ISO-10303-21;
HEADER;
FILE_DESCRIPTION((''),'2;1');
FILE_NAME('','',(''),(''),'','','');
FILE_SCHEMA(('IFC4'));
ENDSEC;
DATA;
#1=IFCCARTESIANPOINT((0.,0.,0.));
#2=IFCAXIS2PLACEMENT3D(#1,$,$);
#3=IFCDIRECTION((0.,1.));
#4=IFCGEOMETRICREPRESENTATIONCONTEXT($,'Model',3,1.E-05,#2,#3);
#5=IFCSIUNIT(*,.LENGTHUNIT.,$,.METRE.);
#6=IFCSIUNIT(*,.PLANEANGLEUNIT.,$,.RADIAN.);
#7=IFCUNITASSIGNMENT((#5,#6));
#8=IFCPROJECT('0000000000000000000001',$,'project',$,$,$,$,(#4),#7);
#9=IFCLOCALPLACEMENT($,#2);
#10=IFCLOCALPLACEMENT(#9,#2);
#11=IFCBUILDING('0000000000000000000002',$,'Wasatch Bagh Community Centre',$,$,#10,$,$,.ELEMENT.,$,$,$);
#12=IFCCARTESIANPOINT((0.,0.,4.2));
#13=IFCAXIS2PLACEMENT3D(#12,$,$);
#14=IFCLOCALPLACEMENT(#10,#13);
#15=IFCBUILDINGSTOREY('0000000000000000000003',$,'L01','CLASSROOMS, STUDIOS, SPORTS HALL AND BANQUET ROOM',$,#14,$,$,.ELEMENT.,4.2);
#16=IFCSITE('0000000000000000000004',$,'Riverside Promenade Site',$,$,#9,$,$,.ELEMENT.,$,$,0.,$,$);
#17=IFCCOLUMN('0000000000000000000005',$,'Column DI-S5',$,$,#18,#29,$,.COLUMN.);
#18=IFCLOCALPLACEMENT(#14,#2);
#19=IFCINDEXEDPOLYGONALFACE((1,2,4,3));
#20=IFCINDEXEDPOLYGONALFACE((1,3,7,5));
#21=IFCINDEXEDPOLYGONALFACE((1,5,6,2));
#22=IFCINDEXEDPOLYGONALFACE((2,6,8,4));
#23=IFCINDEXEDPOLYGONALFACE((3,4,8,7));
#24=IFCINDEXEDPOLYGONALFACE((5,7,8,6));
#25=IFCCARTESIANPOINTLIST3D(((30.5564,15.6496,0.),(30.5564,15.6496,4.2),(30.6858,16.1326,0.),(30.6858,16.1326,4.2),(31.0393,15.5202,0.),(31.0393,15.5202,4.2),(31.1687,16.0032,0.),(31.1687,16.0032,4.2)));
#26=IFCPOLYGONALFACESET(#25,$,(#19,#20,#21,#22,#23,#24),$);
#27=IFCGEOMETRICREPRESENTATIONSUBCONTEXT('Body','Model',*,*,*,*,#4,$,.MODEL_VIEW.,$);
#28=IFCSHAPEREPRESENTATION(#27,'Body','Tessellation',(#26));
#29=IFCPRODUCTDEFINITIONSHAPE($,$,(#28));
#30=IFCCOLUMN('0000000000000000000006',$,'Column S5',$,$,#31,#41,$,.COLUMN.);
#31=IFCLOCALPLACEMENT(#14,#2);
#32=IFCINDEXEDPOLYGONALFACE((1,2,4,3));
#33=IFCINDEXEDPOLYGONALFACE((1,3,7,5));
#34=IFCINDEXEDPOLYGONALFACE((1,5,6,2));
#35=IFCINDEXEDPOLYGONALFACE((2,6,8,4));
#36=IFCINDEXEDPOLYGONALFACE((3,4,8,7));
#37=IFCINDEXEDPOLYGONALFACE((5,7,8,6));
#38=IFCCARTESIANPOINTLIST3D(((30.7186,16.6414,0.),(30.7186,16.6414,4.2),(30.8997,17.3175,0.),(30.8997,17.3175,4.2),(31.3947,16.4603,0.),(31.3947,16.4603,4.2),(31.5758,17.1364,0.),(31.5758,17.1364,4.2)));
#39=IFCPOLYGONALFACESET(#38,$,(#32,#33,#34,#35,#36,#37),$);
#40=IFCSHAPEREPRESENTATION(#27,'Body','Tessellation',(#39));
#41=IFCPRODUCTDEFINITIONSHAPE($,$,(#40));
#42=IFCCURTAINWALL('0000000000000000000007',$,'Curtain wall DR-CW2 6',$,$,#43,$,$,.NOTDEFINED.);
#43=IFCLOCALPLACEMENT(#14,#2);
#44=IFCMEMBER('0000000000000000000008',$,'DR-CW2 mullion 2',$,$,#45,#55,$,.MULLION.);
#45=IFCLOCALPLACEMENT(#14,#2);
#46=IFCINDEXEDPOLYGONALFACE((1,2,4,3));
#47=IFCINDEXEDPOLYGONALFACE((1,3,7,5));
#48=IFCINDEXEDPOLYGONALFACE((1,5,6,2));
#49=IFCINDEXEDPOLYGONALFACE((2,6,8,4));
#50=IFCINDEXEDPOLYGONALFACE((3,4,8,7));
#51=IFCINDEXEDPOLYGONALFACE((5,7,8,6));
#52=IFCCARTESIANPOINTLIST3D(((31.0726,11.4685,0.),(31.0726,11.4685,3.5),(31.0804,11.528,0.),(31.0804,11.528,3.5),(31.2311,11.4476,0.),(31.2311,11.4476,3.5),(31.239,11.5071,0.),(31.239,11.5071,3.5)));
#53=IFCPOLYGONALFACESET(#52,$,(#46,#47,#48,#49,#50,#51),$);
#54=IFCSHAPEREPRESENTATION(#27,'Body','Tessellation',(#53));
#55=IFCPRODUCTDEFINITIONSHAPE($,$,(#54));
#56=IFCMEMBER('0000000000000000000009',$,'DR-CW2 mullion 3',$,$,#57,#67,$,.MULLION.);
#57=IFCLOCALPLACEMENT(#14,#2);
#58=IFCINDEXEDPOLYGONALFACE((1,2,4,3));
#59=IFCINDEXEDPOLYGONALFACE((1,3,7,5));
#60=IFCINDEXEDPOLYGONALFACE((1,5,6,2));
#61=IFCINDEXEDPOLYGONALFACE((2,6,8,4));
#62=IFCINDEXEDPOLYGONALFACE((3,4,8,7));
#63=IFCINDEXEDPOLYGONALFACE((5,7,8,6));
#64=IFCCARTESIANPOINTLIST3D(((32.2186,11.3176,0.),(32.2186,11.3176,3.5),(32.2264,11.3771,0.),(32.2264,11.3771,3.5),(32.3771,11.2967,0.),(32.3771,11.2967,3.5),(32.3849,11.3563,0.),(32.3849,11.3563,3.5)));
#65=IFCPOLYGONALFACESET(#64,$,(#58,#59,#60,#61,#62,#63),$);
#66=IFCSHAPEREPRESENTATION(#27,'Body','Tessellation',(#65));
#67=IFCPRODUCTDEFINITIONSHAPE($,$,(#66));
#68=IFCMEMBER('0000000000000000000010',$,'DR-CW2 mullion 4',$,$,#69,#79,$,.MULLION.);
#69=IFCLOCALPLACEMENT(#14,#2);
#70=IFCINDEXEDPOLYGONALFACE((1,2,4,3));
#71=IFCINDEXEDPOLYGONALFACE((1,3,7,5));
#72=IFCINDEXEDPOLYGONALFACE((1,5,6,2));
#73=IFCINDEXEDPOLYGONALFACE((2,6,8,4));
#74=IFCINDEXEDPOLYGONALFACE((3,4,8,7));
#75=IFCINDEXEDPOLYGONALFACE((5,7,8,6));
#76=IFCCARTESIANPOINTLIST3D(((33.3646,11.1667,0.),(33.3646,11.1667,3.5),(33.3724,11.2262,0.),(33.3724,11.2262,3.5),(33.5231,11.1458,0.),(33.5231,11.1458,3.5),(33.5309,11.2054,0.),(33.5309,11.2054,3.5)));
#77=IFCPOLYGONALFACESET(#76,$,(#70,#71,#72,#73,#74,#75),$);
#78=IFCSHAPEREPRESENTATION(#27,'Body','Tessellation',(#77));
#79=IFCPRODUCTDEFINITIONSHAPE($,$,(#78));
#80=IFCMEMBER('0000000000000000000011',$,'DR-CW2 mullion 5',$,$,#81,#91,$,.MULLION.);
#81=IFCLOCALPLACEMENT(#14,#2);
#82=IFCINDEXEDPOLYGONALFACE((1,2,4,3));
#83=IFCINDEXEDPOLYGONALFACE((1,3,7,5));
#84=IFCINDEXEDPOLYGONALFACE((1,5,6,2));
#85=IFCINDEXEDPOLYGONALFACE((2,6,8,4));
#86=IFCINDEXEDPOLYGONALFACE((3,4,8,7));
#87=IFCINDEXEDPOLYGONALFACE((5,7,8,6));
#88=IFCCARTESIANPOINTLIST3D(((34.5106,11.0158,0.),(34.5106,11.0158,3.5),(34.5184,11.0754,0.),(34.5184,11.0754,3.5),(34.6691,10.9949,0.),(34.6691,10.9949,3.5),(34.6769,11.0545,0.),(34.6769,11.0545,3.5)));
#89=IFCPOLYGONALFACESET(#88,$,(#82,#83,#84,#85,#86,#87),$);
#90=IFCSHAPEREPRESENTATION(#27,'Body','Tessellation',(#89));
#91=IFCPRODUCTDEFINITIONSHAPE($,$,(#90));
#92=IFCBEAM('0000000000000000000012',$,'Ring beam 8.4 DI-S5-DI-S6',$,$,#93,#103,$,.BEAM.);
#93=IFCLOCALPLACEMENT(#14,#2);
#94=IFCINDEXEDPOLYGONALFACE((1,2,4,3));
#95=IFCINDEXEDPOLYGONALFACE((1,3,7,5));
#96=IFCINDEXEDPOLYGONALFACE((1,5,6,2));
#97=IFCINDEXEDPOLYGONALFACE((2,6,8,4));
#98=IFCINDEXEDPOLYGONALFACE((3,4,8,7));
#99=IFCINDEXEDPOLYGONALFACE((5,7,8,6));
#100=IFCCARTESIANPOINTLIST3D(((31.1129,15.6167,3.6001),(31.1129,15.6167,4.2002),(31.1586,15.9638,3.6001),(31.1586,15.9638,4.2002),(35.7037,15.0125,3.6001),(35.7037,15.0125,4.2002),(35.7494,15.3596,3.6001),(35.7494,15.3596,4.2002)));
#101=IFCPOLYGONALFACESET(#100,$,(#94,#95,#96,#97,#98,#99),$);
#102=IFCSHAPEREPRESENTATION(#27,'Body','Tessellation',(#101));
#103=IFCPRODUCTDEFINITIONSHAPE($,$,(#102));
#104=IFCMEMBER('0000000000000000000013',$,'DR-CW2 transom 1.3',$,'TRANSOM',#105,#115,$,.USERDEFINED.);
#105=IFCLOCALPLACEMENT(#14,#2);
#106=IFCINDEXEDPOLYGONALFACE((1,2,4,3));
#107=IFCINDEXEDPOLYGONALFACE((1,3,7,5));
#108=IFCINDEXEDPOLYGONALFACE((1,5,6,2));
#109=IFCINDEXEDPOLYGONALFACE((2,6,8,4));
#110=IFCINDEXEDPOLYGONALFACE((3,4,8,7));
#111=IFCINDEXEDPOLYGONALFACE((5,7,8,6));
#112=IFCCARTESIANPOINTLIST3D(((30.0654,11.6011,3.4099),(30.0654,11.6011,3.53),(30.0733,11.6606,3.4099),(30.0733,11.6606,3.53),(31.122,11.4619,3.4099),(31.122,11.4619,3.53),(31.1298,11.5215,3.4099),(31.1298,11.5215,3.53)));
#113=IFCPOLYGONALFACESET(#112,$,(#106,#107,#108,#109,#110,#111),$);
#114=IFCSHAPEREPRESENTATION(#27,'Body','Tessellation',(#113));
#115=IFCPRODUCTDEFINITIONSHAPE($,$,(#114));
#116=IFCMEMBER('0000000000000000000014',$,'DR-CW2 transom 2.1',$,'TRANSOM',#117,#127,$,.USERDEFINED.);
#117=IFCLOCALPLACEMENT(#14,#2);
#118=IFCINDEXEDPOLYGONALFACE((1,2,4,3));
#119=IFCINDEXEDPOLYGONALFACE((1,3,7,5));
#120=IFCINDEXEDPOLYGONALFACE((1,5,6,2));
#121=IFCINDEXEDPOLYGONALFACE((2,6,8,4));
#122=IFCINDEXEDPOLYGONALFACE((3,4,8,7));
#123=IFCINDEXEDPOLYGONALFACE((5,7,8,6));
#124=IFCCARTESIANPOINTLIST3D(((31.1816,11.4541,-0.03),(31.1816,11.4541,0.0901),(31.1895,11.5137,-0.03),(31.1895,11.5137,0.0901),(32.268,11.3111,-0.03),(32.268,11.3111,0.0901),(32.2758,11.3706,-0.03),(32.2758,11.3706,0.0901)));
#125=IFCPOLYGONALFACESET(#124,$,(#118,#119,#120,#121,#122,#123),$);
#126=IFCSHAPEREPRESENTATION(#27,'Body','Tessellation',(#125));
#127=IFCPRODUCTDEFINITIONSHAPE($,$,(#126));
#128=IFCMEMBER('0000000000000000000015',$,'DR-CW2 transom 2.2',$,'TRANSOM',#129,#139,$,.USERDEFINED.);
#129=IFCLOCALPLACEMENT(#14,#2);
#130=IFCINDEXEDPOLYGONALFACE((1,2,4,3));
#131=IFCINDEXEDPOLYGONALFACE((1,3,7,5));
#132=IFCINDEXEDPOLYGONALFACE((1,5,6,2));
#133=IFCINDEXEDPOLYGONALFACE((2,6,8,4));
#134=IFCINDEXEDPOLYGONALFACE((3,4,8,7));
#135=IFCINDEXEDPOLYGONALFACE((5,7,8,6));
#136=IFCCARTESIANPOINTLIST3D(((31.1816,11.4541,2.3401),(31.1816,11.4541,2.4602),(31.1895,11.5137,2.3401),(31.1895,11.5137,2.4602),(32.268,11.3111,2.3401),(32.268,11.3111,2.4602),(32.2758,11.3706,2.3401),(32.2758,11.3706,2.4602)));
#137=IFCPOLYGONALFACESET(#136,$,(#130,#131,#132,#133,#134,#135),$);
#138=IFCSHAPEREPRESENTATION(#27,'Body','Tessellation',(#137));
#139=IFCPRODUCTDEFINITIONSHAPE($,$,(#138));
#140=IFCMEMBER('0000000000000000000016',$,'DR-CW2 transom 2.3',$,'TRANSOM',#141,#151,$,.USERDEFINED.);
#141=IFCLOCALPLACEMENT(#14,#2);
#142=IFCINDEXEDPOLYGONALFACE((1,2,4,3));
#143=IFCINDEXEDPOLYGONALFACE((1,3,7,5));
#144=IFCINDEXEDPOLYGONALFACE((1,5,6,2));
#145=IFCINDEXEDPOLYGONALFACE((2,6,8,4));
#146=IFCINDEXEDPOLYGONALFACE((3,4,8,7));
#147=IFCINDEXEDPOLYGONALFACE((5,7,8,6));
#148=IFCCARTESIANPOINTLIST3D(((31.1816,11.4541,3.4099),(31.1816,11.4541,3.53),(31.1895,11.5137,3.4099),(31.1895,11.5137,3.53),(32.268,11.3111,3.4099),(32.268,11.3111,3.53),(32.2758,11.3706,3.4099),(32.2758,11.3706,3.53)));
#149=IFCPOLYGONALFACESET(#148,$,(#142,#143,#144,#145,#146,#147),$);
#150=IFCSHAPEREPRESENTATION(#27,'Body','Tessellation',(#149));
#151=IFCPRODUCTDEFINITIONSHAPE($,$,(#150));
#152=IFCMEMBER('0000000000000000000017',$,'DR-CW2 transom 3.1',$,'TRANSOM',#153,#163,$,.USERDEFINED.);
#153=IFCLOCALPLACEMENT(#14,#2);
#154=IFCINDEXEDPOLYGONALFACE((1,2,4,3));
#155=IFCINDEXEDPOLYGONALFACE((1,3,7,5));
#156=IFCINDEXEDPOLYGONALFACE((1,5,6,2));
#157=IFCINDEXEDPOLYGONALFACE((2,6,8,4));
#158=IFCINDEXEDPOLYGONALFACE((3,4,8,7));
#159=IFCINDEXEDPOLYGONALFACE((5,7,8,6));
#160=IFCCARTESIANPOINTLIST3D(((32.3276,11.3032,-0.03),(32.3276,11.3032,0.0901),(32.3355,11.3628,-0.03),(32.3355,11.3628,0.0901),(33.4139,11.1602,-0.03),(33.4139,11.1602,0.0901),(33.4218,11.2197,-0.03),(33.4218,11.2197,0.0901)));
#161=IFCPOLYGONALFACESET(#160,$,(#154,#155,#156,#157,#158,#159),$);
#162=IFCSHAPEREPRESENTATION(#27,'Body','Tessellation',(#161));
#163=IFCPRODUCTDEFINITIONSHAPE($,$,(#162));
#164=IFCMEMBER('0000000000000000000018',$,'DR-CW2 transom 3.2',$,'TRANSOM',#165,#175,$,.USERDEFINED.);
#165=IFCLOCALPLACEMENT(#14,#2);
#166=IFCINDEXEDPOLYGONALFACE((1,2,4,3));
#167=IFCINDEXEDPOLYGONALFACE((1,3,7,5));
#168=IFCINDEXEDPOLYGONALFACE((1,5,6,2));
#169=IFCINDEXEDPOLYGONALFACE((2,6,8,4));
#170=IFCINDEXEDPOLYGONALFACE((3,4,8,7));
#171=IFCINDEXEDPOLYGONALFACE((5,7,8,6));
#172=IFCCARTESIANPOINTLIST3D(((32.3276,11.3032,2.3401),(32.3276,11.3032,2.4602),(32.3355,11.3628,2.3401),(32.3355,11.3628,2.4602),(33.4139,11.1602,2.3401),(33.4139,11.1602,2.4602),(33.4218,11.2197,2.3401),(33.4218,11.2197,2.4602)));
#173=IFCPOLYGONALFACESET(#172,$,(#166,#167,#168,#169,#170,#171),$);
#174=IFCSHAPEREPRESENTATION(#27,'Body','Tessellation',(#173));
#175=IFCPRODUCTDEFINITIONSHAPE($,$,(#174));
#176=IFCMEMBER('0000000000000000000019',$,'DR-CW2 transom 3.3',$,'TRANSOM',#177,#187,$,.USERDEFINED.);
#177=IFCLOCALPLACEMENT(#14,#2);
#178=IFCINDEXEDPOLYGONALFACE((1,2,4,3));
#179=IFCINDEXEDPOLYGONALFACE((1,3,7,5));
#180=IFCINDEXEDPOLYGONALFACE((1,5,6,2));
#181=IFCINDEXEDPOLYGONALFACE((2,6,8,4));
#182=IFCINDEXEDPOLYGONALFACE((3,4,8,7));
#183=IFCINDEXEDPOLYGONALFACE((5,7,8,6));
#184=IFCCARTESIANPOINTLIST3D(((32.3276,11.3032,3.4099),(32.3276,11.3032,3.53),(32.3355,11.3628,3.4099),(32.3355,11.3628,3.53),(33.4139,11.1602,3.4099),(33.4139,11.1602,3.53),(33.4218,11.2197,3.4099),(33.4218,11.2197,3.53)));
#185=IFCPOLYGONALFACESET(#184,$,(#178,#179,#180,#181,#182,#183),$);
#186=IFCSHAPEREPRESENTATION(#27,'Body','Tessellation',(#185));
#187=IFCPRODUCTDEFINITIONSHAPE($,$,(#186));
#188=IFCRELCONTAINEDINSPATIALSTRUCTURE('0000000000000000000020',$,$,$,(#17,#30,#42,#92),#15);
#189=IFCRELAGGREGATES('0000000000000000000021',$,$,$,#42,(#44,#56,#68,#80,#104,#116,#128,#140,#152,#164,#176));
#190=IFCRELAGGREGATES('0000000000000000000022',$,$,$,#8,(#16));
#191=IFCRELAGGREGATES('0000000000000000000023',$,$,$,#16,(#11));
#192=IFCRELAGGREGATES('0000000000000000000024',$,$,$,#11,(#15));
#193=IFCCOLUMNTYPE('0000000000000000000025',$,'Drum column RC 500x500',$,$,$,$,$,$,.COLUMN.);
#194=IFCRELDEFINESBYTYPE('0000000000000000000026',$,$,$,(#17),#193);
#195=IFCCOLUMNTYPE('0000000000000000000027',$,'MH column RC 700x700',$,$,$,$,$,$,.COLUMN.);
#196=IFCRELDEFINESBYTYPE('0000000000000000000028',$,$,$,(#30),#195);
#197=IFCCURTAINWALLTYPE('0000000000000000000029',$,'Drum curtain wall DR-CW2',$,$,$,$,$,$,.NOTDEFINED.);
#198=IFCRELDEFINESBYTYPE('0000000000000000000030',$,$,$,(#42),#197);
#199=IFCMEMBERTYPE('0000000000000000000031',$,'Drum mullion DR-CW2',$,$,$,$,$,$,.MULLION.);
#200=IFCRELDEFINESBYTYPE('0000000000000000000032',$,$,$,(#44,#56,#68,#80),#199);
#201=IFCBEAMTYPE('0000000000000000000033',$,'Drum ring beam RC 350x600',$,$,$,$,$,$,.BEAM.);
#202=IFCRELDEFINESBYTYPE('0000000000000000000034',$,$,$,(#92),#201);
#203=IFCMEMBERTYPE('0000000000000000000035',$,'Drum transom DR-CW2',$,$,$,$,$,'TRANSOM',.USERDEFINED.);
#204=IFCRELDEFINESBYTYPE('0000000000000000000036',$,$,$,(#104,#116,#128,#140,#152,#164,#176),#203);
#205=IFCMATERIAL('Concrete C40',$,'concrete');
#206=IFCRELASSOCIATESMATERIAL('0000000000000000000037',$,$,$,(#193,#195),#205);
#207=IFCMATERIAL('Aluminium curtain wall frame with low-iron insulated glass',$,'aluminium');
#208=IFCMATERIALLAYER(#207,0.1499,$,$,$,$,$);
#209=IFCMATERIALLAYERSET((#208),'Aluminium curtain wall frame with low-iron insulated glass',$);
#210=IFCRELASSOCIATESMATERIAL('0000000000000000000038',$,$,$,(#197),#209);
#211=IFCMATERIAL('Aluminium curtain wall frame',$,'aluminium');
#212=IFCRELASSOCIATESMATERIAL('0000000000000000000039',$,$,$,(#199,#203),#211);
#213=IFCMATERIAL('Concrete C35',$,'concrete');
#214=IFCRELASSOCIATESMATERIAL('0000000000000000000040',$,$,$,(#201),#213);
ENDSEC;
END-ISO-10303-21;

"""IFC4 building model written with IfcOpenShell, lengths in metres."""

from ifc_helpers import new_model, si_unit, direction, frame, origin, origin_2d, place, context, subcontext, project, spatial, rectangle, extrude, material, layer, layer_set, material_profile, profile_set, type_object, element, aggregate, save


model = new_model("IFC4")

# Units and contexts
model_context = context("Model", 3, precision=1e-05, world=origin(), true_north=direction((0.0, 1.0)))
body_context = subcontext(model_context, "Body", "Model", "MODEL_VIEW")
ifc_project = project(units=[si_unit("LENGTHUNIT", "METRE"), si_unit("PLANEANGLEUNIT", "RADIAN")], contexts=[model_context])

# Site, building, storey
site_placement = place(None, origin())
site = spatial("IfcSite", under=ifc_project, at=site_placement, Name="Riverside Promenade Site", CompositionType="ELEMENT", RefElevation=0.0)
building_placement = place(site_placement, origin())
building = spatial("IfcBuilding", under=site, at=building_placement, Name="Wasatch Bagh Community Centre", CompositionType="ELEMENT")
storey_placement = place(building_placement, frame((0.0, 0.0, 4.2)))
storey = spatial("IfcBuildingStorey", under=building, at=storey_placement, Name="L01", Description="CLASSROOMS, STUDIOS, SPORTS HALL AND BANQUET ROOM", CompositionType="ELEMENT", Elevation=4.2)

# Columns
ifc_material_1 = material(Name="Concrete C40", Category="concrete")
ifc_material_profile_1 = material_profile(ifc_material_1, rectangle(XDim=0.5, YDim=0.5, at=origin_2d()), Name="RC 500x500")
ifc_profile_set_1 = profile_set([ifc_material_profile_1], Name="Concrete C40")
column_type_1 = type_object("IfcColumnType", Name="Drum column RC 500x500", PredefinedType="COLUMN", material=ifc_profile_set_1)
column_1_placement = place(storey_placement, frame((30.8625, 15.8264, 0.0), z_axis=(0.0, 0.0, 1.0), x_axis=(0.258819, 0.965926, 0.0)))
element("IfcColumn", 1, at=column_1_placement, inside=storey, type_object=column_type_1, Name="Column DI-S5", PredefinedType="COLUMN", context=body_context, shape_type="SweptSolid", body=[
    extrude(rectangle(XDim=0.5, YDim=0.5, at=origin_2d()), origin(), (0.0, 0.0, 1.0), 4.2),
])
ifc_material_profile_2 = material_profile(ifc_material_1, rectangle(XDim=0.7, YDim=0.7, at=origin_2d()), Name="RC 700x700")
ifc_profile_set_2 = profile_set([ifc_material_profile_2], Name="Concrete C40")
column_type_2 = type_object("IfcColumnType", Name="MH column RC 700x700", PredefinedType="COLUMN", material=ifc_profile_set_2)
column_2_placement = place(storey_placement, frame((31.1472, 16.8889, 0.0), z_axis=(0.0, 0.0, 1.0), x_axis=(0.258819, 0.965926, 0.0)))
element("IfcColumn", 2, at=column_2_placement, inside=storey, type_object=column_type_2, Name="Column S5", PredefinedType="COLUMN", context=body_context, shape_type="SweptSolid", body=[
    extrude(rectangle(XDim=0.7, YDim=0.7, at=origin_2d()), origin(), (0.0, 0.0, 1.0), 4.2),
])

# Curtain wall, members
ifc_material_2 = material(Name="Aluminium curtain wall frame with low-iron insulated glass", Category="aluminium")
ifc_layer_1 = layer(ifc_material_2, 0.1499)
ifc_layer_set_1 = layer_set([ifc_layer_1], Name="Aluminium curtain wall frame with low-iron insulated glass")
curtain_wall_type = type_object("IfcCurtainWallType", Name="Drum curtain wall DR-CW2", PredefinedType="NOTDEFINED", material=ifc_layer_set_1)
curtain_wall_placement = place(storey_placement, origin())
curtain_wall = element("IfcCurtainWall", 3, at=curtain_wall_placement, inside=storey, type_object=curtain_wall_type, Name="Curtain wall DR-CW2 6", PredefinedType="NOTDEFINED")
ifc_material_3 = material(Name="Aluminium curtain wall frame", Category="aluminium")
ifc_material_profile_3 = material_profile(ifc_material_3, rectangle(XDim=0.0601, YDim=0.1599, at=origin_2d()), Name="Drum mullion DR-CW2")
ifc_profile_set_3 = profile_set([ifc_material_profile_3], Name="Aluminium curtain wall frame")
member_type_1 = type_object("IfcMemberType", Name="Drum mullion DR-CW2", PredefinedType="MULLION", material=ifc_profile_set_3)
member_1_placement = place(storey_placement, frame((31.1558, 11.4878, 0.0), z_axis=(0.0, 0.0, 1.0), x_axis=(0.130526, 0.991445, 0.0)))
member_1 = element("IfcMember", 4, at=member_1_placement, type_object=member_type_1, Name="DR-CW2 mullion 2", PredefinedType="MULLION", context=body_context, shape_type="SweptSolid", body=[
    extrude(rectangle(XDim=0.0601, YDim=0.1599, at=origin_2d()), origin(), (0.0, 0.0, 1.0), 3.5),
])
member_2_placement = place(storey_placement, frame((32.3018, 11.3369, 0.0), z_axis=(0.0, 0.0, 1.0), x_axis=(0.130526, 0.991445, 0.0)))
member_2 = element("IfcMember", 5, at=member_2_placement, type_object=member_type_1, Name="DR-CW2 mullion 3", PredefinedType="MULLION", context=body_context, shape_type="SweptSolid", body=[
    extrude(rectangle(XDim=0.0601, YDim=0.1599, at=origin_2d()), origin(), (0.0, 0.0, 1.0), 3.5),
])
member_3_placement = place(storey_placement, frame((33.4478, 11.186, 0.0), z_axis=(0.0, 0.0, 1.0), x_axis=(0.130526, 0.991445, 0.0)))
member_3 = element("IfcMember", 6, at=member_3_placement, type_object=member_type_1, Name="DR-CW2 mullion 4", PredefinedType="MULLION", context=body_context, shape_type="SweptSolid", body=[
    extrude(rectangle(XDim=0.0601, YDim=0.1599, at=origin_2d()), origin(), (0.0, 0.0, 1.0), 3.5),
])
member_4_placement = place(storey_placement, frame((34.5938, 11.0352, 0.0), z_axis=(0.0, 0.0, 1.0), x_axis=(0.130526, 0.991445, 0.0)))
member_4 = element("IfcMember", 7, at=member_4_placement, type_object=member_type_1, Name="DR-CW2 mullion 5", PredefinedType="MULLION", context=body_context, shape_type="SweptSolid", body=[
    extrude(rectangle(XDim=0.0601, YDim=0.1599, at=origin_2d()), origin(), (0.0, 0.0, 1.0), 3.5),
])

# Beam
ifc_material_4 = material(Name="Concrete C35", Category="concrete")
ifc_material_profile_4 = material_profile(ifc_material_4, rectangle(XDim=0.3501, YDim=0.6001, at=origin_2d()), Name="RC 350x600")
ifc_profile_set_4 = profile_set([ifc_material_profile_4], Name="Concrete C35")
beam_type_1 = type_object("IfcBeamType", Name="Drum ring beam RC 350x600", PredefinedType="BEAM", material=ifc_profile_set_4)
beam_1_placement = place(storey_placement, frame((31.1357, 15.7903, 3.9001), z_axis=(0.991449, -0.130495, 0.0), x_axis=(0.130495, 0.991449, 0.0)))
element("IfcBeam", 8, at=beam_1_placement, inside=storey, type_object=beam_type_1, Name="Ring beam 8.4 DI-S5-DI-S6", PredefinedType="BEAM", context=body_context, shape_type="SweptSolid", body=[
    extrude(rectangle(XDim=0.3501, YDim=0.6001, at=origin_2d()), origin(), (0.0, 0.0, 1.0), 4.6304),
])

# Members
ifc_material_profile_5 = material_profile(ifc_material_3, rectangle(XDim=0.0601, YDim=0.1201, at=origin_2d()), Name="Drum transom DR-CW2")
ifc_profile_set_5 = profile_set([ifc_material_profile_5], Name="Aluminium curtain wall frame")
member_type_2 = type_object("IfcMemberType", Name="Drum transom DR-CW2", ElementType="TRANSOM", PredefinedType="USERDEFINED", material=ifc_profile_set_5)
member_5_placement = place(storey_placement, frame((30.0693, 11.6309, 3.47), z_axis=(0.991439, -0.130573, 0.0), x_axis=(0.130573, 0.991439, 0.0)))
member_5 = element("IfcMember", 9, at=member_5_placement, type_object=member_type_2, Name="DR-CW2 transom 1.3", ObjectType="TRANSOM", PredefinedType="USERDEFINED", context=body_context, shape_type="SweptSolid", body=[
    extrude(rectangle(XDim=0.0601, YDim=0.1201, at=origin_2d()), origin(), (0.0, 0.0, 1.0), 1.0657),
])
member_6_placement = place(storey_placement, frame((31.1855, 11.4839, 0.03), z_axis=(0.991441, -0.130558, 0.0), x_axis=(0.130558, 0.991441, 0.0)))
member_6 = element("IfcMember", 10, at=member_6_placement, type_object=member_type_2, Name="DR-CW2 transom 2.1", ObjectType="TRANSOM", PredefinedType="USERDEFINED", context=body_context, shape_type="SweptSolid", body=[
    extrude(rectangle(XDim=0.0601, YDim=0.1201, at=origin_2d()), origin(), (0.0, 0.0, 1.0), 1.0957),
])
member_7_placement = place(storey_placement, frame((31.1855, 11.4839, 2.4001), z_axis=(0.991441, -0.130558, 0.0), x_axis=(0.130558, 0.991441, 0.0)))
member_7 = element("IfcMember", 11, at=member_7_placement, type_object=member_type_2, Name="DR-CW2 transom 2.2", ObjectType="TRANSOM", PredefinedType="USERDEFINED", context=body_context, shape_type="SweptSolid", body=[
    extrude(rectangle(XDim=0.0601, YDim=0.1201, at=origin_2d()), origin(), (0.0, 0.0, 1.0), 1.0957),
])
member_8_placement = place(storey_placement, frame((31.1855, 11.4839, 3.47), z_axis=(0.991441, -0.130558, 0.0), x_axis=(0.130558, 0.991441, 0.0)))
member_8 = element("IfcMember", 12, at=member_8_placement, type_object=member_type_2, Name="DR-CW2 transom 2.3", ObjectType="TRANSOM", PredefinedType="USERDEFINED", context=body_context, shape_type="SweptSolid", body=[
    extrude(rectangle(XDim=0.0601, YDim=0.1201, at=origin_2d()), origin(), (0.0, 0.0, 1.0), 1.0957),
])
member_9_placement = place(storey_placement, frame((32.3315, 11.333, 0.03), z_axis=(0.991441, -0.130558, 0.0), x_axis=(0.130558, 0.991441, 0.0)))
member_9 = element("IfcMember", 13, at=member_9_placement, type_object=member_type_2, Name="DR-CW2 transom 3.1", ObjectType="TRANSOM", PredefinedType="USERDEFINED", context=body_context, shape_type="SweptSolid", body=[
    extrude(rectangle(XDim=0.0601, YDim=0.1201, at=origin_2d()), origin(), (0.0, 0.0, 1.0), 1.0957),
])
member_10_placement = place(storey_placement, frame((32.3315, 11.333, 2.4001), z_axis=(0.991441, -0.130558, 0.0), x_axis=(0.130558, 0.991441, 0.0)))
member_10 = element("IfcMember", 14, at=member_10_placement, type_object=member_type_2, Name="DR-CW2 transom 3.2", ObjectType="TRANSOM", PredefinedType="USERDEFINED", context=body_context, shape_type="SweptSolid", body=[
    extrude(rectangle(XDim=0.0601, YDim=0.1201, at=origin_2d()), origin(), (0.0, 0.0, 1.0), 1.0957),
])
member_11_placement = place(storey_placement, frame((32.3315, 11.333, 3.47), z_axis=(0.991441, -0.130558, 0.0), x_axis=(0.130558, 0.991441, 0.0)))
member_11 = element("IfcMember", 15, at=member_11_placement, type_object=member_type_2, Name="DR-CW2 transom 3.3", ObjectType="TRANSOM", PredefinedType="USERDEFINED", context=body_context, shape_type="SweptSolid", body=[
    extrude(rectangle(XDim=0.0601, YDim=0.1201, at=origin_2d()), origin(), (0.0, 0.0, 1.0), 1.0957),
])

aggregate(curtain_wall, [member_1, member_2, member_3, member_4, member_5, member_6, member_7, member_8, member_9, member_10, member_11])

save(model, "model.ifc")
